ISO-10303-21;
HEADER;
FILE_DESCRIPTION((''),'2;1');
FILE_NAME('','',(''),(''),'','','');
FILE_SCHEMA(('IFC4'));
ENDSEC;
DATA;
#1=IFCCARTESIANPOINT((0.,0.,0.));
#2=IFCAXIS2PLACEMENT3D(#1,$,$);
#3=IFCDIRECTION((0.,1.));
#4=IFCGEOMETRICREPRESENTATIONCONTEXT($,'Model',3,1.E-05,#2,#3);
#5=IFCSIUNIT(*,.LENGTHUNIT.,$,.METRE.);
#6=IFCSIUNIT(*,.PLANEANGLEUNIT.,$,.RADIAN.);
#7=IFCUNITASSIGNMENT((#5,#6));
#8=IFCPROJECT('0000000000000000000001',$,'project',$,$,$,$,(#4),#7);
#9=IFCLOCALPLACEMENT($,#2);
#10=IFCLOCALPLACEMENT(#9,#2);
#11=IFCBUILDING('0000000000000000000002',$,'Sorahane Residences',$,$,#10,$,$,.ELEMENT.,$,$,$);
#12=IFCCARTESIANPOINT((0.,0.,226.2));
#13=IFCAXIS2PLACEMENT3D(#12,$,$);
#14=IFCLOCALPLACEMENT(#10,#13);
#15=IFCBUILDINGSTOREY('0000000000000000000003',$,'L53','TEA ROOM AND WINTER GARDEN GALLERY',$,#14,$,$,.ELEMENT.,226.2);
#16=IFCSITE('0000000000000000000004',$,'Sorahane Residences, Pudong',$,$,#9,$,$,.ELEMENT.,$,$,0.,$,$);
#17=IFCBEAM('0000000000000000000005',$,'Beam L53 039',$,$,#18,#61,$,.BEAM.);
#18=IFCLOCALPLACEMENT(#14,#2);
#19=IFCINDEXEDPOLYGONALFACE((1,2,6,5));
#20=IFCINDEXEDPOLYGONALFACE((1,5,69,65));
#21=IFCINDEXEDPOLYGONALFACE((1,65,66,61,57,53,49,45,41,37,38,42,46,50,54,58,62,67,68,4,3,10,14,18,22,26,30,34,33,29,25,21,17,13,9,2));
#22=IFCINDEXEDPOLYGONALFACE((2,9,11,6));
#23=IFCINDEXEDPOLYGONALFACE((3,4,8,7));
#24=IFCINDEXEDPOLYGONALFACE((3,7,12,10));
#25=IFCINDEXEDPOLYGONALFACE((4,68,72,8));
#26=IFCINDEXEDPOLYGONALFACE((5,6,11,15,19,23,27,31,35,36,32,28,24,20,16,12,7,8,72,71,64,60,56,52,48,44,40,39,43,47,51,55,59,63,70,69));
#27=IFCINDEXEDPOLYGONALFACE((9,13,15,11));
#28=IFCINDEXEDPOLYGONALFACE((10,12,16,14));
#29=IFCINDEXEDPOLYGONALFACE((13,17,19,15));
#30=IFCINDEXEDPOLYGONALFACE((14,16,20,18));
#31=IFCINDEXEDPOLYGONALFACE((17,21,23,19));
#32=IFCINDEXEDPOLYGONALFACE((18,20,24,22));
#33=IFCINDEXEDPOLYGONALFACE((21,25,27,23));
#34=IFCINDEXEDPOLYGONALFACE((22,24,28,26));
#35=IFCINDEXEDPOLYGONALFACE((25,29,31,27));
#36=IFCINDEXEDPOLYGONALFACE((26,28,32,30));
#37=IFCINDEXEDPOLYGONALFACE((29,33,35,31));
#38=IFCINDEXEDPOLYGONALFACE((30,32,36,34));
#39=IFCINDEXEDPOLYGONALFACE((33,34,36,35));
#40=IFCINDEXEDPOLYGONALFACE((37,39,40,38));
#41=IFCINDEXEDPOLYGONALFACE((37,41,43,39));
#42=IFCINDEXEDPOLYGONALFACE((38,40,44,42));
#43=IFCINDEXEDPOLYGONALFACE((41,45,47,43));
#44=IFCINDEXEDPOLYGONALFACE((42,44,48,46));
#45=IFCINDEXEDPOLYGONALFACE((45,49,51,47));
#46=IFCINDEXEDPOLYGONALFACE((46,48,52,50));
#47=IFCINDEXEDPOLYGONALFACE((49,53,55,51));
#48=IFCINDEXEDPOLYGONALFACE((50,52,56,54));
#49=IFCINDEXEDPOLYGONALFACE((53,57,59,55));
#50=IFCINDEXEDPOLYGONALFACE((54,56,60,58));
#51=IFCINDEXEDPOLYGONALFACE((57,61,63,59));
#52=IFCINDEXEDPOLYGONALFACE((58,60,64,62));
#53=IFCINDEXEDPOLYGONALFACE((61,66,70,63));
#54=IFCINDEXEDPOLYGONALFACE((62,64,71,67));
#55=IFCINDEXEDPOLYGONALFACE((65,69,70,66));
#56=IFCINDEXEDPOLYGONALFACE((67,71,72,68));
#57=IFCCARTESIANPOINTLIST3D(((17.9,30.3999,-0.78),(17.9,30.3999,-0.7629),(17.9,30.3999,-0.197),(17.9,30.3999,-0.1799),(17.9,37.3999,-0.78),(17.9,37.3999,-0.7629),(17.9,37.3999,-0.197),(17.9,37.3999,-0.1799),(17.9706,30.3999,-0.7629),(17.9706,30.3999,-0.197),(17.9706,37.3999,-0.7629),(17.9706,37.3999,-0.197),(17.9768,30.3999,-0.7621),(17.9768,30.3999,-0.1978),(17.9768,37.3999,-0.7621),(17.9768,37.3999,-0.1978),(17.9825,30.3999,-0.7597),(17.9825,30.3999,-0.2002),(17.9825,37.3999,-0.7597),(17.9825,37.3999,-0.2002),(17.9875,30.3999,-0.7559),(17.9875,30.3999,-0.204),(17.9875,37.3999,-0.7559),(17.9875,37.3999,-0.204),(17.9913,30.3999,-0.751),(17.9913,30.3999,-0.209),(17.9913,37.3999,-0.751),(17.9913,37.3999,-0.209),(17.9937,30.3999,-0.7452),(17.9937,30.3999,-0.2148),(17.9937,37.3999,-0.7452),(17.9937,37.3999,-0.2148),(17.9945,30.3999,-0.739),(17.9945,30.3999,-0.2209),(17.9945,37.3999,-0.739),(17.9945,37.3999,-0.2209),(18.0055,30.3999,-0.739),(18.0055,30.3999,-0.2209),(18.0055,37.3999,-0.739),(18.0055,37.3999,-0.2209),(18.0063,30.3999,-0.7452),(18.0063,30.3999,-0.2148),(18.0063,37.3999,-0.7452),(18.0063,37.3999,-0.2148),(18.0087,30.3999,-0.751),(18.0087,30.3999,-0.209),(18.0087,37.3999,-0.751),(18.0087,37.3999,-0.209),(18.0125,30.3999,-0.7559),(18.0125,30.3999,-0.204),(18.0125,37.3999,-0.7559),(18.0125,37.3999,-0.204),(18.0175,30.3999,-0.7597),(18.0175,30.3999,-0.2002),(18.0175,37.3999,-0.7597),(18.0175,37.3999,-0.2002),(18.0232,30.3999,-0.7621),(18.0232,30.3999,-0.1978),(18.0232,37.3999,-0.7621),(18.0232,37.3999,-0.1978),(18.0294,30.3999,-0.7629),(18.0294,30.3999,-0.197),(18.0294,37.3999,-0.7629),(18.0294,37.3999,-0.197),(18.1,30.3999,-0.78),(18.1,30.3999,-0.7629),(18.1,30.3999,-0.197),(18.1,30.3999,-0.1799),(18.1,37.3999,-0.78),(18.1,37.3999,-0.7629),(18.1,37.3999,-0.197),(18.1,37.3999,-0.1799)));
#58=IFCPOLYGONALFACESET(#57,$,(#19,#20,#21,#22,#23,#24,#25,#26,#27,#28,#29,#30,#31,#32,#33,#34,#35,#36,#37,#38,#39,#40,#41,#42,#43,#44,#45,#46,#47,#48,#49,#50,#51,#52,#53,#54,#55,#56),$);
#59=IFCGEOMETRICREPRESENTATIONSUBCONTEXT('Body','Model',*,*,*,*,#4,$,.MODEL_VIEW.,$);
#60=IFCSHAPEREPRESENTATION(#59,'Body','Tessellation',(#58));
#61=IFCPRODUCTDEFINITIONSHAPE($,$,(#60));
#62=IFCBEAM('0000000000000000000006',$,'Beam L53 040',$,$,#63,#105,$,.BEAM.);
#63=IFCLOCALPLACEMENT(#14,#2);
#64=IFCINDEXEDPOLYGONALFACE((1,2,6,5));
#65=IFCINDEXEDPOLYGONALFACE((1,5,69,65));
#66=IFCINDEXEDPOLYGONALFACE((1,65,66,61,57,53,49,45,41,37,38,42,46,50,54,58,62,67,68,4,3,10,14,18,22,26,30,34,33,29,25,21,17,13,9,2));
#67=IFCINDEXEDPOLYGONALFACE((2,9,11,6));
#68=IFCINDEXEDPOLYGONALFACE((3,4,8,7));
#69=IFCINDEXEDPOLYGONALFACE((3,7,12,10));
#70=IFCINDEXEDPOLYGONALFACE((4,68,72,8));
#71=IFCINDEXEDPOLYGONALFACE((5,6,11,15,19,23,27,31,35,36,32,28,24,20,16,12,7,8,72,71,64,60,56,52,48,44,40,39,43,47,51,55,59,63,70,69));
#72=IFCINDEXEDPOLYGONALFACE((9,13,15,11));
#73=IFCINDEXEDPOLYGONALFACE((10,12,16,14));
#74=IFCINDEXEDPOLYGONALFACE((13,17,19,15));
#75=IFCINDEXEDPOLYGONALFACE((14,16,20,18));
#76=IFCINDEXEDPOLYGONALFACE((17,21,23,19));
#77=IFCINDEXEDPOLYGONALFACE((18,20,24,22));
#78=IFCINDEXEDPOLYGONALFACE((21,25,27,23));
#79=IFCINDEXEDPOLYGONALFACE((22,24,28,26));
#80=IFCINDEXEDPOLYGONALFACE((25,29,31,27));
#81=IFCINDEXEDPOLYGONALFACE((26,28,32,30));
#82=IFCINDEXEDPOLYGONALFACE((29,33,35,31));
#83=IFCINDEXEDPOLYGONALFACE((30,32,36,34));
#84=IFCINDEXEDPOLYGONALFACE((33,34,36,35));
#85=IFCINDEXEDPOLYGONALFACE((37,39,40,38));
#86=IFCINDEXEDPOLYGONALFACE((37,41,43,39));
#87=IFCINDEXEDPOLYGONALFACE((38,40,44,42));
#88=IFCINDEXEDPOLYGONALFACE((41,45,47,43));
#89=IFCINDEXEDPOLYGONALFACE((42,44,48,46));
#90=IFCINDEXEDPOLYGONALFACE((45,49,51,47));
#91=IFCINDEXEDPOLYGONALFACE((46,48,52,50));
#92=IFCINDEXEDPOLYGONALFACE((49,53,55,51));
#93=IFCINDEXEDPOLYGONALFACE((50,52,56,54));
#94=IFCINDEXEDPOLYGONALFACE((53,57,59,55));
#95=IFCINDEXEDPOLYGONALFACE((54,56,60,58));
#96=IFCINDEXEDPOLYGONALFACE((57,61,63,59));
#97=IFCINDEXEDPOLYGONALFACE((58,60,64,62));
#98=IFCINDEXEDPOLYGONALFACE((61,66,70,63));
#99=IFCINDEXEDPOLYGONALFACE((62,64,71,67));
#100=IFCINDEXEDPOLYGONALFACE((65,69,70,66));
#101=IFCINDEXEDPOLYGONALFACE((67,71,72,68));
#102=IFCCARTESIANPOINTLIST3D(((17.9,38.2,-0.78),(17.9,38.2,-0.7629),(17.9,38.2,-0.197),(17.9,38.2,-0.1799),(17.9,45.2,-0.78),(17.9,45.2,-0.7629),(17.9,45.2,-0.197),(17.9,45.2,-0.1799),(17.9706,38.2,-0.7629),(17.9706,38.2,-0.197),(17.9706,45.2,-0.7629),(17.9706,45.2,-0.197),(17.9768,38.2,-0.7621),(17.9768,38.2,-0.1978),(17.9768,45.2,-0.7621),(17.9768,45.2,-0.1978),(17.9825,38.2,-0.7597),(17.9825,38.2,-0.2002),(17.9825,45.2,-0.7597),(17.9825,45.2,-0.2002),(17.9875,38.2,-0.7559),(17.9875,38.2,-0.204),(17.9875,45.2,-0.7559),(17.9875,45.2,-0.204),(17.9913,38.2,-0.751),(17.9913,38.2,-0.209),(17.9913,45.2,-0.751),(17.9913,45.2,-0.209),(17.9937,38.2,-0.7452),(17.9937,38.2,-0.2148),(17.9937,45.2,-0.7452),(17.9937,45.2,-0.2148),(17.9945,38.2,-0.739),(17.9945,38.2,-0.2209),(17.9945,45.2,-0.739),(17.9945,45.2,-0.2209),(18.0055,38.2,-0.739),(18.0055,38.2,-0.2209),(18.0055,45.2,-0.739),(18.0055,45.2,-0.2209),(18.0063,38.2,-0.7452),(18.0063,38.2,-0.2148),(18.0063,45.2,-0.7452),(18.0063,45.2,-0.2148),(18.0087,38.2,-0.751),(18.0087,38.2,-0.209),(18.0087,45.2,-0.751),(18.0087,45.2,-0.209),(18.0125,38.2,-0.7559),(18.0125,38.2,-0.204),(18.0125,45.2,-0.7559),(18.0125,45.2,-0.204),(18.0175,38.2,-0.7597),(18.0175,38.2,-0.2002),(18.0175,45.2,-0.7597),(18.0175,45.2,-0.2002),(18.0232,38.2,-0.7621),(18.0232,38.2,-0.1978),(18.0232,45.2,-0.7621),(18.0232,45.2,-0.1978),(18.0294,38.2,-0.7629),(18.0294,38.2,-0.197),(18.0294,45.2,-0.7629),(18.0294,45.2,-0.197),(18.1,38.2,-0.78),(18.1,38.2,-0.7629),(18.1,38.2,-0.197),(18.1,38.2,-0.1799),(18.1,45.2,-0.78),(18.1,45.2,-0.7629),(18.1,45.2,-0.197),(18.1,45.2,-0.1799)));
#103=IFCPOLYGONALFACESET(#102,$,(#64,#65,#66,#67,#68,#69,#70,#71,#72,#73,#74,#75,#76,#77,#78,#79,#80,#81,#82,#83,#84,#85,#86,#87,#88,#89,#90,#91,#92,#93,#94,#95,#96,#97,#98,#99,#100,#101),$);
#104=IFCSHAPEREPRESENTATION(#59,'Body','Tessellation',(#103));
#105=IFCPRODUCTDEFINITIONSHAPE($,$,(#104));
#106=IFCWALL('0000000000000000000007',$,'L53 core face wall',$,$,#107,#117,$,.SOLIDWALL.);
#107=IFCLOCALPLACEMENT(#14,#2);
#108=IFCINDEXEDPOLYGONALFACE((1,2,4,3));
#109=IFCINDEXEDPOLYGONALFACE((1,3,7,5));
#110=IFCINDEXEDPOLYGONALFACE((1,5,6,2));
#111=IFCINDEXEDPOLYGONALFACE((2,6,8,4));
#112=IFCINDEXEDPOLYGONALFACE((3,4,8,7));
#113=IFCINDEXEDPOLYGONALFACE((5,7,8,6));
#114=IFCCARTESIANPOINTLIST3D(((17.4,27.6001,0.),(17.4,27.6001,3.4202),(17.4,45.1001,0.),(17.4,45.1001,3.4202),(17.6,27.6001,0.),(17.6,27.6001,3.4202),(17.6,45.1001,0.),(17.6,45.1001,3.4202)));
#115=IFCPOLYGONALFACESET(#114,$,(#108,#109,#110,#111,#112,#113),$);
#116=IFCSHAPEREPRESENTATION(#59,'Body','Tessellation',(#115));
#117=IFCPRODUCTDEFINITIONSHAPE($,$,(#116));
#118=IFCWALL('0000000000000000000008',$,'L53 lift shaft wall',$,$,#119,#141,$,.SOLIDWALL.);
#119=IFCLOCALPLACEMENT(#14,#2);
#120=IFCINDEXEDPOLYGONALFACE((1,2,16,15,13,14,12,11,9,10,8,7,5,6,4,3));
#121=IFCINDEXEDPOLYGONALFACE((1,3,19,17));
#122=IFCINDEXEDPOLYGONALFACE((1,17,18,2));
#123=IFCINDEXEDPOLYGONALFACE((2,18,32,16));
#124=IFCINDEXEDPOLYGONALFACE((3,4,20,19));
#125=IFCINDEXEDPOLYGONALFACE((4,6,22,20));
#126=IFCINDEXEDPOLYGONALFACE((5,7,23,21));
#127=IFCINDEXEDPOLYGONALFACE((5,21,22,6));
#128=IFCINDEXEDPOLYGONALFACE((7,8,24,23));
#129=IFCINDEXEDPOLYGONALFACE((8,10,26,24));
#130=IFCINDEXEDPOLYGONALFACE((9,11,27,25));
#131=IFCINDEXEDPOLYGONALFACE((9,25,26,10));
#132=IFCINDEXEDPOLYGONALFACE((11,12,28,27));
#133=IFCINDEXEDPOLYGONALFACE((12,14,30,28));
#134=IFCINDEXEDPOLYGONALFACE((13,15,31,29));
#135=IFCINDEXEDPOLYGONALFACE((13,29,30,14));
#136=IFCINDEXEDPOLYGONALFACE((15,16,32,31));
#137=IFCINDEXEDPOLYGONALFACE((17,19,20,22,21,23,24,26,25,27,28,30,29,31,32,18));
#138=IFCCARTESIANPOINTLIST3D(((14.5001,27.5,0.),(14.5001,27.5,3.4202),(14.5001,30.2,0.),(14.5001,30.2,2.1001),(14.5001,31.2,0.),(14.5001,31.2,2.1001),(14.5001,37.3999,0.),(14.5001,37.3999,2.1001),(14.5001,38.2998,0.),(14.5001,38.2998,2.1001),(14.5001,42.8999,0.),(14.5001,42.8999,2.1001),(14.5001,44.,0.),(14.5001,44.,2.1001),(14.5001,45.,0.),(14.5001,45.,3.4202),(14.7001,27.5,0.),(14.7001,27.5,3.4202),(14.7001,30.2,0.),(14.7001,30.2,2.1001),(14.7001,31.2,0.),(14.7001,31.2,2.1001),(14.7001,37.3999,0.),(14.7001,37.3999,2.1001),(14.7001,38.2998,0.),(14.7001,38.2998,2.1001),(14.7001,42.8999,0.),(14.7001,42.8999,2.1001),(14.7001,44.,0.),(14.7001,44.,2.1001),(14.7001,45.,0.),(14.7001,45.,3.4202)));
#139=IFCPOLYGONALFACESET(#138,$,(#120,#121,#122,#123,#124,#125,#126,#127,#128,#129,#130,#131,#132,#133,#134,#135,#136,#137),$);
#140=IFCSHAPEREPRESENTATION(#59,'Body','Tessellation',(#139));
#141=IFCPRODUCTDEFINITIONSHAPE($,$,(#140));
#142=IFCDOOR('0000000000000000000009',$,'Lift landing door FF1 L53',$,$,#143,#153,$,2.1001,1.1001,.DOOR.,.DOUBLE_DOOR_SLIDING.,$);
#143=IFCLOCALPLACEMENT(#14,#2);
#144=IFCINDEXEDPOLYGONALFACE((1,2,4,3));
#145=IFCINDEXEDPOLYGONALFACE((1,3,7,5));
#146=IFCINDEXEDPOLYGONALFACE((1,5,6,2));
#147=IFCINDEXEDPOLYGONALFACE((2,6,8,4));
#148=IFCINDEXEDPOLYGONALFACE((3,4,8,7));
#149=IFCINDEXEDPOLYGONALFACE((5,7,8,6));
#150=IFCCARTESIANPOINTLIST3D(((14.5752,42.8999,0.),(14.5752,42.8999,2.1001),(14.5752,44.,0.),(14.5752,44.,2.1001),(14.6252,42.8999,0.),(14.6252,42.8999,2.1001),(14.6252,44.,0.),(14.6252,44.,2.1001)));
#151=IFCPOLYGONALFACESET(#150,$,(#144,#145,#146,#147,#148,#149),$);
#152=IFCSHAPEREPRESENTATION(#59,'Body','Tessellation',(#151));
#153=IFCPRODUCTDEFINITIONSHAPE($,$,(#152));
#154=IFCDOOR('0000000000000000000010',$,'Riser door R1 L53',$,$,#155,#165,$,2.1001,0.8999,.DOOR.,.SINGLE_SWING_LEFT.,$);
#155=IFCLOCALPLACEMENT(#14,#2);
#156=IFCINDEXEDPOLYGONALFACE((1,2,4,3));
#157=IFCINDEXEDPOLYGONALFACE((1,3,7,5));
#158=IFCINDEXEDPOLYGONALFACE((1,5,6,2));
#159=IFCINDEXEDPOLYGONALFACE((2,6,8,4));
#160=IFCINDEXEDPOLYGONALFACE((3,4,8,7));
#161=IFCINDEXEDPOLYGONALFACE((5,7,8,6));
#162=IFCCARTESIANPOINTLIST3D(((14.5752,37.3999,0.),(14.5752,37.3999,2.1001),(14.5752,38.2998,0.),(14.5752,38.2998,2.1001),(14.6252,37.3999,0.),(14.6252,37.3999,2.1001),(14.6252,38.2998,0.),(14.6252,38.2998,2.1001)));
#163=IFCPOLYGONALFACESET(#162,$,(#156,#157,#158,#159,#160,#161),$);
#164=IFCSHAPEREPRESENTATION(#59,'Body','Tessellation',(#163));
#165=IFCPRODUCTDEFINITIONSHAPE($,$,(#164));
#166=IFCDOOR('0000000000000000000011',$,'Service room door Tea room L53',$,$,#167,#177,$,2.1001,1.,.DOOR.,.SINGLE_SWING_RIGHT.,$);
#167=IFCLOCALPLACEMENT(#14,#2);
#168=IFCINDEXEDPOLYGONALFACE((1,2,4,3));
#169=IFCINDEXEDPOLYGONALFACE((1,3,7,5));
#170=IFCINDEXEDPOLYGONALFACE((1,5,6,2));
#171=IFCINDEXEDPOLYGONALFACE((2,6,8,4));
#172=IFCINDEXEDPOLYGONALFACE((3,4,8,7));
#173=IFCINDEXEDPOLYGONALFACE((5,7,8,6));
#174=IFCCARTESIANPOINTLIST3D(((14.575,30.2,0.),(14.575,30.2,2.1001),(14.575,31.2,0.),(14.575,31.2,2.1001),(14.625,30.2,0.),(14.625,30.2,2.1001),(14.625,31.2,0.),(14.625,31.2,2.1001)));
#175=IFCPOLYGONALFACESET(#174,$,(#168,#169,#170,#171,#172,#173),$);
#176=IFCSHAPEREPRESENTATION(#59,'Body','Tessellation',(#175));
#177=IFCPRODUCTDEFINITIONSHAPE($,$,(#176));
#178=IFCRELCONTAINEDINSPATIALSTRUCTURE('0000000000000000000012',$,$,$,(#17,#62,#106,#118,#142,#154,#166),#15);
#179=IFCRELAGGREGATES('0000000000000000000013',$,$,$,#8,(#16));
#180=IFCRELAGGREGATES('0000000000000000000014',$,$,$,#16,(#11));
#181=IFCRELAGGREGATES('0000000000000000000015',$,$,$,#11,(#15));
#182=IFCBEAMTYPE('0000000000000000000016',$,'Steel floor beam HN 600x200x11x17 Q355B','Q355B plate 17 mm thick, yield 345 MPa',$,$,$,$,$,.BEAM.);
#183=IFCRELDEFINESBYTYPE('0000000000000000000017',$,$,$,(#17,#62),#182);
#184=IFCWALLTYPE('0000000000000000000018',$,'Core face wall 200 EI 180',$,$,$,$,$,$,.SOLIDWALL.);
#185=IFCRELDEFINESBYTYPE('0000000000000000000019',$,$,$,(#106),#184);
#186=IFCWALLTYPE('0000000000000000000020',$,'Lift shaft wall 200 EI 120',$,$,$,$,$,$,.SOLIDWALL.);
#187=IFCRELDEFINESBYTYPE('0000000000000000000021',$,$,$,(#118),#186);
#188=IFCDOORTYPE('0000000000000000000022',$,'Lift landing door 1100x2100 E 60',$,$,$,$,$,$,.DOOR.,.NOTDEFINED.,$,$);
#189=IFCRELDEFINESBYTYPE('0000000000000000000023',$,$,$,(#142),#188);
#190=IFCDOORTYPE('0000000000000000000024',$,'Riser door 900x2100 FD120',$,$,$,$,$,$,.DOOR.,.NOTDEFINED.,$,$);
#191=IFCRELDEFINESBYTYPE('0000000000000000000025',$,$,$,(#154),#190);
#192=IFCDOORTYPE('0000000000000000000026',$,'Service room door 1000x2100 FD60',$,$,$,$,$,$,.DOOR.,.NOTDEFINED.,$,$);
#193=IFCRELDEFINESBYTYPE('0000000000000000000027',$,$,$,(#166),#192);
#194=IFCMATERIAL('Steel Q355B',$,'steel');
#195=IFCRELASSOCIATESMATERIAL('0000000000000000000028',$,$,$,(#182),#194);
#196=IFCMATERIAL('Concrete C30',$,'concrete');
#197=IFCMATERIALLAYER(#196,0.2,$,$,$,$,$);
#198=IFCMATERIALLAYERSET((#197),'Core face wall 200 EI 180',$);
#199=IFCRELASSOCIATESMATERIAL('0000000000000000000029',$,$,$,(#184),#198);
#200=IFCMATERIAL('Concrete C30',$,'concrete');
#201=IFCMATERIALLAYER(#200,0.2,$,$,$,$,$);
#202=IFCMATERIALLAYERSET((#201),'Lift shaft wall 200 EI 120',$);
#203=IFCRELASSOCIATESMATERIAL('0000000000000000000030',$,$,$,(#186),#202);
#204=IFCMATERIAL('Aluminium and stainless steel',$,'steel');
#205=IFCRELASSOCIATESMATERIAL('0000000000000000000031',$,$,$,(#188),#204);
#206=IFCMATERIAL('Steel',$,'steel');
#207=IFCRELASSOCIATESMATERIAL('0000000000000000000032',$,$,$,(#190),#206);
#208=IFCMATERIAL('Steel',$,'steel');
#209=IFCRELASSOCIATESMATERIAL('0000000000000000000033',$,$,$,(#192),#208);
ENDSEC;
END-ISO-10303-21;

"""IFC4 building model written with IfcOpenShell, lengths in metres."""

from ifc_helpers import new_model, si_unit, direction, frame, frame_2d, origin, origin_2d, place, context, subcontext, project, spatial, rectangle, i_section, extrude, material, layer, layer_set, material_profile, profile_set, type_object, element, fill, save


model = new_model("IFC4")

# Units and contexts
model_context = context("Model", 3, precision=1e-05, world=origin(), true_north=direction((0.0, 1.0)))
body_context = subcontext(model_context, "Body", "Model", "MODEL_VIEW")
ifc_project = project(units=[si_unit("LENGTHUNIT", "METRE"), si_unit("PLANEANGLEUNIT", "RADIAN")], contexts=[model_context])

# Site, building, storey
site_placement = place(None, origin())
site = spatial("IfcSite", under=ifc_project, at=site_placement, Name="Sorahane Residences, Pudong", CompositionType="ELEMENT", RefElevation=0.0)
building_placement = place(site_placement, origin())
building = spatial("IfcBuilding", under=site, at=building_placement, Name="Sorahane Residences", CompositionType="ELEMENT")
storey_placement = place(building_placement, frame((0.0, 0.0, 226.2)))
storey = spatial("IfcBuildingStorey", under=building, at=storey_placement, Name="L53", Description="TEA ROOM AND WINTER GARDEN GALLERY", CompositionType="ELEMENT", Elevation=226.2)

# Beams
ifc_material_1 = material(Name="Steel Q355B", Category="steel")
ifc_material_profile_1 = material_profile(ifc_material_1, i_section(OverallWidth=0.2, OverallDepth=0.6001, WebThickness=0.011, FlangeThickness=0.0171, FilletRadius=0.0239, at=origin_2d()), Name="HN 600x200x11x17")
ifc_profile_set_1 = profile_set([ifc_material_profile_1], Name="Steel Q355B")
beam_type_1 = type_object("IfcBeamType", Name="Steel floor beam HN 600x200x11x17 Q355B", Description="Q355B plate 17 mm thick, yield 345 MPa", PredefinedType="BEAM", material=ifc_profile_set_1)
for number, where, z_axis, x_axis, name in (
    (1, (18.0, 30.3999, -0.48), (0.0, 1.0, 0.0), (-1.0, 0.0, 0.0), "Beam L53 039"),
    (2, (18.0, 38.2, -0.48), (0.0, 1.0, 0.0), (-1.0, 0.0, 0.0), "Beam L53 040"),
):
    element("IfcBeam", number, at=place(storey_placement, frame(where, z_axis=z_axis, x_axis=x_axis)), inside=storey, type_object=beam_type_1, Name=name, PredefinedType="BEAM", context=body_context, shape_type="SweptSolid", body=[
        extrude(i_section(OverallWidth=0.2, OverallDepth=0.6001, WebThickness=0.011, FlangeThickness=0.0171, FilletRadius=0.0239, at=origin_2d()), origin(), (0.0, 0.0, 1.0), 7.0),
    ])

# Wall
ifc_material_2 = material(Name="Concrete C30", Category="concrete")
ifc_layer_1 = layer(ifc_material_2, 0.2)
ifc_layer_set_1 = layer_set([ifc_layer_1], Name="Core face wall 200 EI 180")
wall_type_1 = type_object("IfcWallType", Name="Core face wall 200 EI 180", PredefinedType="SOLIDWALL", material=ifc_layer_set_1)
wall_1_placement = place(storey_placement, frame((17.5, 27.6001, 0.0), z_axis=(0.0, 0.0, 1.0), x_axis=(0.0, 1.0, 0.0)))
element("IfcWall", 3, at=wall_1_placement, inside=storey, type_object=wall_type_1, Name="L53 core face wall", PredefinedType="SOLIDWALL", context=body_context, shape_type="SweptSolid", body=[
    extrude(rectangle(XDim=17.5, YDim=0.2, at=frame_2d((8.75, 0.0))), origin(), (0.0, 0.0, 1.0), 3.4202),
])

# Wall, openings, doors
ifc_material_3 = material(Name="Concrete C30", Category="concrete")
ifc_layer_2 = layer(ifc_material_3, 0.2)
ifc_layer_set_2 = layer_set([ifc_layer_2], Name="Lift shaft wall 200 EI 120")
wall_type_2 = type_object("IfcWallType", Name="Lift shaft wall 200 EI 120", PredefinedType="SOLIDWALL", material=ifc_layer_set_2)
wall_2_placement = place(storey_placement, frame((14.6001, 27.5, 0.0), z_axis=(0.0, 0.0, 1.0), x_axis=(0.0, 1.0, 0.0)))
wall_2 = element("IfcWall", 4, at=wall_2_placement, inside=storey, type_object=wall_type_2, Name="L53 lift shaft wall", PredefinedType="SOLIDWALL", context=body_context, shape_type="SweptSolid", body=[
    extrude(rectangle(XDim=17.5, YDim=0.2, at=frame_2d((8.75, 0.0))), origin(), (0.0, 0.0, 1.0), 3.4202),
])
opening_1_placement = place(wall_2_placement, frame((15.3999, 0.0, 0.0)))
opening_1 = element("IfcOpeningElement", 5, at=opening_1_placement, cuts=wall_2, PredefinedType="OPENING", context=body_context, shape_type="SweptSolid", body=[
    extrude(rectangle(XDim=1.1001, YDim=2.1001, at=frame_2d((0.55, 1.05))), frame((0.0, 0.1099, 0.0), z_axis=(0.0, -1.0, 0.0), x_axis=(1.0, 0.0, 0.0)), (0.0, 0.0, 1.0), 0.22),
])
opening_2_placement = place(wall_2_placement, frame((2.7, 0.0, 0.0)))
opening_2 = element("IfcOpeningElement", 6, at=opening_2_placement, cuts=wall_2, PredefinedType="OPENING", context=body_context, shape_type="SweptSolid", body=[
    extrude(rectangle(XDim=1.0, YDim=2.1001, at=frame_2d((0.5, 1.05))), frame((0.0, 0.1099, 0.0), z_axis=(0.0, -1.0, 0.0), x_axis=(1.0, 0.0, 0.0)), (0.0, 0.0, 1.0), 0.22),
])
opening_3_placement = place(wall_2_placement, frame((9.8999, 0.0, 0.0)))
opening_3 = element("IfcOpeningElement", 7, at=opening_3_placement, cuts=wall_2, PredefinedType="OPENING", context=body_context, shape_type="SweptSolid", body=[
    extrude(rectangle(XDim=0.8999, YDim=2.1001, at=frame_2d((0.45, 1.05))), frame((0.0, 0.1099, 0.0), z_axis=(0.0, -1.0, 0.0), x_axis=(1.0, 0.0, 0.0)), (0.0, 0.0, 1.0), 0.22),
])
ifc_material_4 = material(Name="Aluminium and stainless steel", Category="steel")
door_type_1 = type_object("IfcDoorType", Name="Lift landing door 1100x2100 E 60", OperationType="NOTDEFINED", PredefinedType="DOOR", material=ifc_material_4)
door_1_placement = place(opening_1_placement, origin())
door_1 = element("IfcDoor", 8, at=door_1_placement, inside=storey, type_object=door_type_1, Name="Lift landing door FF1 L53", OperationType="DOUBLE_DOOR_SLIDING", OverallHeight=2.1001, OverallWidth=1.1001, PredefinedType="DOOR", context=body_context, shape_type="SweptSolid", body=[
    extrude(rectangle(XDim=1.1001, YDim=2.1001, at=frame_2d((0.55, 1.05))), frame((0.0, 0.0249, 0.0), z_axis=(0.0, -1.0, 0.0), x_axis=(1.0, 0.0, 0.0)), (0.0, 0.0, 1.0), 0.05),
])
fill(opening_1, door_1)
ifc_material_5 = material(Name="Steel", Category="steel")
door_type_2 = type_object("IfcDoorType", Name="Riser door 900x2100 FD120", OperationType="NOTDEFINED", PredefinedType="DOOR", material=ifc_material_5)
door_2_placement = place(opening_3_placement, origin())
door_2 = element("IfcDoor", 9, at=door_2_placement, inside=storey, type_object=door_type_2, Name="Riser door R1 L53", OperationType="SINGLE_SWING_LEFT", OverallHeight=2.1001, OverallWidth=0.8999, PredefinedType="DOOR", context=body_context, shape_type="SweptSolid", body=[
    extrude(rectangle(XDim=0.8999, YDim=2.1001, at=frame_2d((0.45, 1.05))), frame((0.0, 0.0249, 0.0), z_axis=(0.0, -1.0, 0.0), x_axis=(1.0, 0.0, 0.0)), (0.0, 0.0, 1.0), 0.05),
])
fill(opening_3, door_2)
ifc_material_6 = material(Name="Steel", Category="steel")
door_type_3 = type_object("IfcDoorType", Name="Service room door 1000x2100 FD60", OperationType="NOTDEFINED", PredefinedType="DOOR", material=ifc_material_6)
door_3_placement = place(opening_2_placement, frame((1.0, 0.0, 0.0), z_axis=(0.0, 0.0, 1.0), x_axis=(-1.0, 0.0, 0.0)))
door_3 = element("IfcDoor", 10, at=door_3_placement, inside=storey, type_object=door_type_3, Name="Service room door Tea room L53", OperationType="SINGLE_SWING_RIGHT", OverallHeight=2.1001, OverallWidth=1.0, PredefinedType="DOOR", context=body_context, shape_type="SweptSolid", body=[
    extrude(rectangle(XDim=1.0, YDim=2.1001, at=frame_2d((0.5, 1.05))), frame((0.0, 0.0249, 0.0), z_axis=(0.0, -1.0, 0.0), x_axis=(1.0, 0.0, 0.0)), (0.0, 0.0, 1.0), 0.05),
])
fill(opening_2, door_3)

save(model, "model.ifc")
